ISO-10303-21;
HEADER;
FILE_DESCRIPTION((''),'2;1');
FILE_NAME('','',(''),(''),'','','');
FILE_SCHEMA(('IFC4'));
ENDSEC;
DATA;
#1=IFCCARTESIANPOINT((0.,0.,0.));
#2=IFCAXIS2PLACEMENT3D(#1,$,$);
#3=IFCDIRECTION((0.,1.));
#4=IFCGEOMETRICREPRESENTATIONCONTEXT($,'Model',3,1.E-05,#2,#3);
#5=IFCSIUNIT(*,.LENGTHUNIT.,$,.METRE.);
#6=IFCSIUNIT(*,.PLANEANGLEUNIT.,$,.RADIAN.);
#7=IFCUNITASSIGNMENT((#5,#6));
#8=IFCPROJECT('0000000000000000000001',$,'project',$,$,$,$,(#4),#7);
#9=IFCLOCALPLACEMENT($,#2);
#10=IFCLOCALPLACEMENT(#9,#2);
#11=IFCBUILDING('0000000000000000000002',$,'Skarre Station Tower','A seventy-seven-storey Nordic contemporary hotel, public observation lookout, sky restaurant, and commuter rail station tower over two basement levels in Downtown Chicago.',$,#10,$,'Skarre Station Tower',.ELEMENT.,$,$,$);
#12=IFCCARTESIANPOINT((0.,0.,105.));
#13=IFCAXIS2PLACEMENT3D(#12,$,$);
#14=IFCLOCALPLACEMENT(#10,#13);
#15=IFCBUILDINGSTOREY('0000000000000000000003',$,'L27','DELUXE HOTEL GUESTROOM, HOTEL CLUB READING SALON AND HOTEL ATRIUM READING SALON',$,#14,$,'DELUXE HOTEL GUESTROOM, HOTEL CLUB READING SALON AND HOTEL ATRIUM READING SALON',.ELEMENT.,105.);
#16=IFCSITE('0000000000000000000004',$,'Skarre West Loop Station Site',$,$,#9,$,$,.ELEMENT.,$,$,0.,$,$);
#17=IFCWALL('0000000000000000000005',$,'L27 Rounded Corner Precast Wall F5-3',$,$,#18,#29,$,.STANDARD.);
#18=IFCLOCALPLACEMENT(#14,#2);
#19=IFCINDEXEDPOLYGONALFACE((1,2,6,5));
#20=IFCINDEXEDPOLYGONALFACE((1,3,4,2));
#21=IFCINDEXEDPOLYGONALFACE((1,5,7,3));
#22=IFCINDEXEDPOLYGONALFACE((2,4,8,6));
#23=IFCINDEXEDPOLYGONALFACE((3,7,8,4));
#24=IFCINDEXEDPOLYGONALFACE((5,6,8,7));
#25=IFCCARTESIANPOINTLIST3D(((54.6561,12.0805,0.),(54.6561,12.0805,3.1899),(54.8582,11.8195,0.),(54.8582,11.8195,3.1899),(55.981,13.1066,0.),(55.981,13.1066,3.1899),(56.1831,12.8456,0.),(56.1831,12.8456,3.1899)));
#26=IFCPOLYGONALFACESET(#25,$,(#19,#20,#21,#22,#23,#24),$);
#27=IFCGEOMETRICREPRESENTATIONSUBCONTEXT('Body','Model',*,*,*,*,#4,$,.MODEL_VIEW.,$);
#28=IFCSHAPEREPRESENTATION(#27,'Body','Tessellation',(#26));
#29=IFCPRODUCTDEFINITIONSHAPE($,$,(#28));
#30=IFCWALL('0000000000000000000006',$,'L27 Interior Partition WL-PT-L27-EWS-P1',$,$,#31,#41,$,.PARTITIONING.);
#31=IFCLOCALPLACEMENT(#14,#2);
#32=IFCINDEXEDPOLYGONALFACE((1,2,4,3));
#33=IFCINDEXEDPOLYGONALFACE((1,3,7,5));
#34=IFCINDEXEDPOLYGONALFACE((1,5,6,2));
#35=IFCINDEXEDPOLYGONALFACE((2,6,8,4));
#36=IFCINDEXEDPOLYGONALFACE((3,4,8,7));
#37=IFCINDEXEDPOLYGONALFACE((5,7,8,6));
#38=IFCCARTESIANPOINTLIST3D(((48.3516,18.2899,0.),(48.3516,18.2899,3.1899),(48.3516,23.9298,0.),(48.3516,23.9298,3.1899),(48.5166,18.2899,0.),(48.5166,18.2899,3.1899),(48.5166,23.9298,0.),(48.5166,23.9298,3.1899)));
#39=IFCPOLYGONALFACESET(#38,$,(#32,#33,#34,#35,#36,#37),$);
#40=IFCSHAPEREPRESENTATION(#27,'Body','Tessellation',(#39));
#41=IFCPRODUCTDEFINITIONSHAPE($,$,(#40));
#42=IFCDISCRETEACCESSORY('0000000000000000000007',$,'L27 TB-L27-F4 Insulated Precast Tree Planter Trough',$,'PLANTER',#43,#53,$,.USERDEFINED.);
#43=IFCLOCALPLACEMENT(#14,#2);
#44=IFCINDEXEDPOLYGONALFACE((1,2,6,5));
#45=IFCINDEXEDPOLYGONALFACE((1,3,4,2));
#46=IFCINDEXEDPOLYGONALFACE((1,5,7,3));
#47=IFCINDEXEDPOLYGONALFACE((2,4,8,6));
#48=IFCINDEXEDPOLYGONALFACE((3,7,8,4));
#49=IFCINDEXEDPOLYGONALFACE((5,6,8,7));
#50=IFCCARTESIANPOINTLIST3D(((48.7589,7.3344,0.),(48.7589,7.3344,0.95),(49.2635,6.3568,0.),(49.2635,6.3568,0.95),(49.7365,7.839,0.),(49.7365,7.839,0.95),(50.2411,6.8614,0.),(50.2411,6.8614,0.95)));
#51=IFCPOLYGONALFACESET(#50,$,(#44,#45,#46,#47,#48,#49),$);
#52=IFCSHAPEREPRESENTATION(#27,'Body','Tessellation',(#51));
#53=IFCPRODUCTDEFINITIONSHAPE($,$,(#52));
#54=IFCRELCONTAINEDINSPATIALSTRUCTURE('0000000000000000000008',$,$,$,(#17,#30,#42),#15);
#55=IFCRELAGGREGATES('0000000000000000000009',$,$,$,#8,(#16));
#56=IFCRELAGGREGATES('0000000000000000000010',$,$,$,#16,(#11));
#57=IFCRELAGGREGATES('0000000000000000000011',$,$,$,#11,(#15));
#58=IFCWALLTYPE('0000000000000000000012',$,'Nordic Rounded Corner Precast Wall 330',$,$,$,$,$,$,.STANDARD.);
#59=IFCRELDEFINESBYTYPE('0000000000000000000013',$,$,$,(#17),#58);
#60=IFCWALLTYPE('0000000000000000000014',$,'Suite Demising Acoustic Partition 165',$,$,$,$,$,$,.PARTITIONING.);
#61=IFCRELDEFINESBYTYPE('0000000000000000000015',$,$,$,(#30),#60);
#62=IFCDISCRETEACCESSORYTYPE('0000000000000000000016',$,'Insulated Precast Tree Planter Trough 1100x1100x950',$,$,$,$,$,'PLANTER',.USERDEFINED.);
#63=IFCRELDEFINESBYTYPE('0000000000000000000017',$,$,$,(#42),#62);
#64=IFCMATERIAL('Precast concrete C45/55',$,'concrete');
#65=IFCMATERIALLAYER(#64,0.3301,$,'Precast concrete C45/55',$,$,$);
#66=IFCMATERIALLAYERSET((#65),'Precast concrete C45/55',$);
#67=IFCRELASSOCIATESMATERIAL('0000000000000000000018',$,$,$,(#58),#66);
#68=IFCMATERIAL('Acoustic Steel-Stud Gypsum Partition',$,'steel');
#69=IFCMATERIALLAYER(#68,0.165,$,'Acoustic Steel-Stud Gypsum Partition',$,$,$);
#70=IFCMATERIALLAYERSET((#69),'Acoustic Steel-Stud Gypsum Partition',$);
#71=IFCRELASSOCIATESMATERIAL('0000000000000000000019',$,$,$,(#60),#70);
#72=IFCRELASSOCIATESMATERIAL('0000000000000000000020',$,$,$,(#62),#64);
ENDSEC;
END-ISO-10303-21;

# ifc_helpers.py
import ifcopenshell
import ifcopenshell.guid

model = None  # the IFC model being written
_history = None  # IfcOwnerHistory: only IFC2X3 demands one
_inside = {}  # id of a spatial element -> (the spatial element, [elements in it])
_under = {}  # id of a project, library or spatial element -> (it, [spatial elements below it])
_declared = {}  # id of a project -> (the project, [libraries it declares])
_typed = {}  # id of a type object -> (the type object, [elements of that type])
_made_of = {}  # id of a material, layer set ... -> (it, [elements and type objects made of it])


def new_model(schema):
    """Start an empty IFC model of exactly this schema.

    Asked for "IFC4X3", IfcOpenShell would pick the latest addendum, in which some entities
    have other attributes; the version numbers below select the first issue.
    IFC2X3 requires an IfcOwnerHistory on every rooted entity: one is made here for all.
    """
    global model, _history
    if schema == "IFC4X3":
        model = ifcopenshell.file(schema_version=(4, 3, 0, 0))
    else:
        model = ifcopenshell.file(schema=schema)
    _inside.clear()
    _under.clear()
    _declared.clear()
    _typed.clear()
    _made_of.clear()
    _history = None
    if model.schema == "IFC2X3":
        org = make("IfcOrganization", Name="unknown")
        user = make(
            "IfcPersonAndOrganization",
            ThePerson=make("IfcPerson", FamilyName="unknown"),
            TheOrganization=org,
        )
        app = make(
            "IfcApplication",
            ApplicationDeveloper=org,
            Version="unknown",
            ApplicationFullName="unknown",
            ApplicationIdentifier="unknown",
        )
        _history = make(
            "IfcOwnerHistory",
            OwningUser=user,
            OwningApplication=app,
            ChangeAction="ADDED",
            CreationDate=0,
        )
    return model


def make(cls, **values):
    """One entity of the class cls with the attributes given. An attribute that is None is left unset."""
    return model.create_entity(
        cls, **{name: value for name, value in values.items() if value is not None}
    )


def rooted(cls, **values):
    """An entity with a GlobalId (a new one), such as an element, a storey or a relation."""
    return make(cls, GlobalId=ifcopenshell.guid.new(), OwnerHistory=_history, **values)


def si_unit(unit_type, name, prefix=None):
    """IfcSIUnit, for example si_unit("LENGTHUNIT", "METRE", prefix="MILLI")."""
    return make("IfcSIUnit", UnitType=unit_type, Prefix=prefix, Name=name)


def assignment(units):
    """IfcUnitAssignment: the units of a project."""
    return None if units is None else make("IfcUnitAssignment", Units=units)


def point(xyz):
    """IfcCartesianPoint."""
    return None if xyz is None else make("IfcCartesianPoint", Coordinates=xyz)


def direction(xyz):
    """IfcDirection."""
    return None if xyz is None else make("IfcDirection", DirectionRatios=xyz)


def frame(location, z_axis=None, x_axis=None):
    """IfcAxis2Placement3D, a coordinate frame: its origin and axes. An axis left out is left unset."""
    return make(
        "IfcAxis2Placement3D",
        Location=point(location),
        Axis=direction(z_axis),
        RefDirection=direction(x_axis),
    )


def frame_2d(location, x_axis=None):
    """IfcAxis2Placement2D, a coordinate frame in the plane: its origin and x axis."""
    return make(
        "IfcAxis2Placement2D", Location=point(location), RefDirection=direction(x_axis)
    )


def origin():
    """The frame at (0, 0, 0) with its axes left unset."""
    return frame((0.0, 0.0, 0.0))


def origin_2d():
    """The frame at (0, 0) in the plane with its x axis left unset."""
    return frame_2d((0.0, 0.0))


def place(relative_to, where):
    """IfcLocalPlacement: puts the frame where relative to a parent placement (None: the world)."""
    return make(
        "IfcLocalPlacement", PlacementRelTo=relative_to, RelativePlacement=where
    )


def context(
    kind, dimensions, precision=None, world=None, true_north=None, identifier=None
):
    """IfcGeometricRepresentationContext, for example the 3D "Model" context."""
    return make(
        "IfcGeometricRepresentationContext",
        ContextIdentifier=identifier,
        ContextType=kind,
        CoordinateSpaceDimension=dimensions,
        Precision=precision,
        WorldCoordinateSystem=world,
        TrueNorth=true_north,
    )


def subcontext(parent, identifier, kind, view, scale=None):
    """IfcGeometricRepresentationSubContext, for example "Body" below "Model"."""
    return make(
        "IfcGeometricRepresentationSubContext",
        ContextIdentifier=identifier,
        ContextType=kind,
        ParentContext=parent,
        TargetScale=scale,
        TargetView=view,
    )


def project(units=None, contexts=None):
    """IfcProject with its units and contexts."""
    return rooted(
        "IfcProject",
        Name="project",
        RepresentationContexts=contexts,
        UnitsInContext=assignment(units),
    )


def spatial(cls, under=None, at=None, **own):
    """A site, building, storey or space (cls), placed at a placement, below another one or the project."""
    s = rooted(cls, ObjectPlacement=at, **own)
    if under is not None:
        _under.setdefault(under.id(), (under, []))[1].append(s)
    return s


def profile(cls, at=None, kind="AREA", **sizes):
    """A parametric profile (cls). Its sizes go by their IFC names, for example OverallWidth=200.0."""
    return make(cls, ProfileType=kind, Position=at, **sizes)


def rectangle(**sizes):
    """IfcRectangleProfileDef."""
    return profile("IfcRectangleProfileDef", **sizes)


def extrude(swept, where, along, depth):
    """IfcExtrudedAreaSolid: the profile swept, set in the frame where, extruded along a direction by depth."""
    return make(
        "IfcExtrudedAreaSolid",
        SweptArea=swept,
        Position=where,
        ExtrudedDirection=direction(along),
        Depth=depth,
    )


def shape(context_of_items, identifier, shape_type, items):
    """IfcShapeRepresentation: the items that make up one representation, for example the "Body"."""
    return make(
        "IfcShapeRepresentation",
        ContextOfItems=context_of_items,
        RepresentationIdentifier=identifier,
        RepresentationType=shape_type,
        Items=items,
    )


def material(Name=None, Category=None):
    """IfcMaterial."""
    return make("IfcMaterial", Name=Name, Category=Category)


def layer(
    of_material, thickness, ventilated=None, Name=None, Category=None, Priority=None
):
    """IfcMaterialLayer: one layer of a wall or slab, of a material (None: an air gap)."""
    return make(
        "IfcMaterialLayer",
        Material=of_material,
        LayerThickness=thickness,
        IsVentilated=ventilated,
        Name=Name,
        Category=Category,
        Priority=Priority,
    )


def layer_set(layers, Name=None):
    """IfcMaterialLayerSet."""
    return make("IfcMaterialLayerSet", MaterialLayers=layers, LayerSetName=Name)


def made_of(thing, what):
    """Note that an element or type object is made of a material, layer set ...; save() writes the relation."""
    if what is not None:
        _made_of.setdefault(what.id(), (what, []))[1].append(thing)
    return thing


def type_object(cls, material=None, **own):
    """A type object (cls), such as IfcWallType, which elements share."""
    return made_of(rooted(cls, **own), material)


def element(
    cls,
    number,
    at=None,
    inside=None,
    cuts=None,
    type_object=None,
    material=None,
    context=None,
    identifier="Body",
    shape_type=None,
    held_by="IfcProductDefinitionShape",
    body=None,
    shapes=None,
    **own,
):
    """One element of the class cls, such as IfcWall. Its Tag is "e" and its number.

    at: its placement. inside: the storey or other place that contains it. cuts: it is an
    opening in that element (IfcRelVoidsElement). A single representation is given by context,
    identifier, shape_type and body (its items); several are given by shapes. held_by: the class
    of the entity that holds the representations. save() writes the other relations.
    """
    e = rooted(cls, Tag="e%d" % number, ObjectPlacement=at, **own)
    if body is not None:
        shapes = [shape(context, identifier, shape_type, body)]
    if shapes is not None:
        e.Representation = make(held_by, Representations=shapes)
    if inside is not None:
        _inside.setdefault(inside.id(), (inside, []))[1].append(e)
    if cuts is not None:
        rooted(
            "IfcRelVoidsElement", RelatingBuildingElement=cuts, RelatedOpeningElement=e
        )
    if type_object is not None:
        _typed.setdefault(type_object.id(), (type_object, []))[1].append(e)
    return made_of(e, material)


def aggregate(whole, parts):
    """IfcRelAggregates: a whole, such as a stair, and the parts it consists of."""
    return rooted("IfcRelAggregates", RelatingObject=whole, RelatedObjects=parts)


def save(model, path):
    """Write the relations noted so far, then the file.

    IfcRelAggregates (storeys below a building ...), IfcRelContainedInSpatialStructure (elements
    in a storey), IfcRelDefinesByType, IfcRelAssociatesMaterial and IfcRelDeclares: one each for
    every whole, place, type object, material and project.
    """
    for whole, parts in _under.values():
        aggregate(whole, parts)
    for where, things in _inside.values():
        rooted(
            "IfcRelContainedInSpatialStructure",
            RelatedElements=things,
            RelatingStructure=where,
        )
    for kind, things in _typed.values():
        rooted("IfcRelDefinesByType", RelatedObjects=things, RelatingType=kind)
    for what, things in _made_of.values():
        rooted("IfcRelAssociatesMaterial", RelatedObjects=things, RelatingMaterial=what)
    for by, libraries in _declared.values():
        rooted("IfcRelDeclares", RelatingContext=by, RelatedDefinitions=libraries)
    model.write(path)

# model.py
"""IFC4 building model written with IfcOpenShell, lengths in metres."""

from ifc_helpers import new_model, si_unit, direction, frame, frame_2d, origin, origin_2d, place, context, subcontext, project, spatial, rectangle, extrude, material, layer, layer_set, type_object, element, save


model = new_model("IFC4")

# Units and contexts
model_context = context("Model", 3, precision=1e-05, world=origin(), true_north=direction((0.0, 1.0)))
body_context = subcontext(model_context, "Body", "Model", "MODEL_VIEW")
ifc_project = project(units=[si_unit("LENGTHUNIT", "METRE"), si_unit("PLANEANGLEUNIT", "RADIAN")], contexts=[model_context])

# Site, building, storey
site_placement = place(None, origin())
site = spatial("IfcSite", under=ifc_project, at=site_placement, Name="Skarre West Loop Station Site", CompositionType="ELEMENT", RefElevation=0.0)
building_placement = place(site_placement, origin())
building = spatial("IfcBuilding", under=site, at=building_placement, Name="Skarre Station Tower", Description="A seventy-seven-storey Nordic contemporary hotel, public observation lookout, sky restaurant, and commuter rail station tower over two basement levels in Downtown Chicago.", LongName="Skarre Station Tower", CompositionType="ELEMENT")
storey_placement = place(building_placement, frame((0.0, 0.0, 105.0)))
storey = spatial("IfcBuildingStorey", under=building, at=storey_placement, Name="L27", Description="DELUXE HOTEL GUESTROOM, HOTEL CLUB READING SALON AND HOTEL ATRIUM READING SALON", LongName="DELUXE HOTEL GUESTROOM, HOTEL CLUB READING SALON AND HOTEL ATRIUM READING SALON", CompositionType="ELEMENT", Elevation=105.0)

# Shared definitions
ifc_material_1 = material(Name="Acoustic Steel-Stud Gypsum Partition", Category="steel")

# Shared definitions
ifc_material_2 = material(Name="Precast concrete C45/55", Category="concrete")

# Walls
ifc_layer_1 = layer(ifc_material_2, 0.3301, Name="Precast concrete C45/55")
ifc_layer_set_1 = layer_set([ifc_layer_1], Name="Precast concrete C45/55")
wall_type_1 = type_object("IfcWallType", Name="Nordic Rounded Corner Precast Wall 330", PredefinedType="STANDARD", material=ifc_layer_set_1)
wall_1_placement = place(storey_placement, frame((56.082, 12.9761, 0.0), z_axis=(0.0, 0.0, 1.0), x_axis=(-0.790621, -0.612305, 0.0)))
element("IfcWall", 1, at=wall_1_placement, inside=storey, type_object=wall_type_1, Name="L27 Rounded Corner Precast Wall F5-3", PredefinedType="STANDARD", context=body_context, shape_type="SweptSolid", body=[
    extrude(rectangle(XDim=1.6758, YDim=0.3301, at=frame_2d((0.8379, 0.0))), origin(), (0.0, 0.0, 1.0), 3.1899),
])
ifc_layer_2 = layer(ifc_material_1, 0.165, Name="Acoustic Steel-Stud Gypsum Partition")
ifc_layer_set_2 = layer_set([ifc_layer_2], Name="Acoustic Steel-Stud Gypsum Partition")
wall_type_2 = type_object("IfcWallType", Name="Suite Demising Acoustic Partition 165", PredefinedType="PARTITIONING", material=ifc_layer_set_2)
wall_2_placement = place(storey_placement, frame((48.4341, 18.29, 0.0), z_axis=(0.0, 0.0, 1.0), x_axis=(0.0, 1.0, 0.0)))
element("IfcWall", 2, at=wall_2_placement, inside=storey, type_object=wall_type_2, Name="L27 Interior Partition WL-PT-L27-EWS-P1", PredefinedType="PARTITIONING", context=body_context, shape_type="SweptSolid", body=[
    extrude(rectangle(XDim=5.6399, YDim=0.165, at=frame_2d((2.8198, 0.0))), origin(), (0.0, 0.0, 1.0), 3.1899),
])

# Discrete accessory
discrete_accessory_type = type_object("IfcDiscreteAccessoryType", Name="Insulated Precast Tree Planter Trough 1100x1100x950", ElementType="PLANTER", PredefinedType="USERDEFINED", material=ifc_material_2)
discrete_accessory_placement = place(storey_placement, frame((49.5, 7.0979, 0.0), z_axis=(0.0, 0.0, 1.0), x_axis=(0.45865, -0.888617, 0.0)))
element("IfcDiscreteAccessory", 3, at=discrete_accessory_placement, inside=storey, type_object=discrete_accessory_type, Name="L27 TB-L27-F4 Insulated Precast Tree Planter Trough", ObjectType="PLANTER", PredefinedType="USERDEFINED", context=body_context, shape_type="SweptSolid", body=[
    extrude(rectangle(XDim=1.1001, YDim=1.1001, at=origin_2d()), origin(), (0.0, 0.0, 1.0), 0.95),
])

save(model, "model.ifc")
